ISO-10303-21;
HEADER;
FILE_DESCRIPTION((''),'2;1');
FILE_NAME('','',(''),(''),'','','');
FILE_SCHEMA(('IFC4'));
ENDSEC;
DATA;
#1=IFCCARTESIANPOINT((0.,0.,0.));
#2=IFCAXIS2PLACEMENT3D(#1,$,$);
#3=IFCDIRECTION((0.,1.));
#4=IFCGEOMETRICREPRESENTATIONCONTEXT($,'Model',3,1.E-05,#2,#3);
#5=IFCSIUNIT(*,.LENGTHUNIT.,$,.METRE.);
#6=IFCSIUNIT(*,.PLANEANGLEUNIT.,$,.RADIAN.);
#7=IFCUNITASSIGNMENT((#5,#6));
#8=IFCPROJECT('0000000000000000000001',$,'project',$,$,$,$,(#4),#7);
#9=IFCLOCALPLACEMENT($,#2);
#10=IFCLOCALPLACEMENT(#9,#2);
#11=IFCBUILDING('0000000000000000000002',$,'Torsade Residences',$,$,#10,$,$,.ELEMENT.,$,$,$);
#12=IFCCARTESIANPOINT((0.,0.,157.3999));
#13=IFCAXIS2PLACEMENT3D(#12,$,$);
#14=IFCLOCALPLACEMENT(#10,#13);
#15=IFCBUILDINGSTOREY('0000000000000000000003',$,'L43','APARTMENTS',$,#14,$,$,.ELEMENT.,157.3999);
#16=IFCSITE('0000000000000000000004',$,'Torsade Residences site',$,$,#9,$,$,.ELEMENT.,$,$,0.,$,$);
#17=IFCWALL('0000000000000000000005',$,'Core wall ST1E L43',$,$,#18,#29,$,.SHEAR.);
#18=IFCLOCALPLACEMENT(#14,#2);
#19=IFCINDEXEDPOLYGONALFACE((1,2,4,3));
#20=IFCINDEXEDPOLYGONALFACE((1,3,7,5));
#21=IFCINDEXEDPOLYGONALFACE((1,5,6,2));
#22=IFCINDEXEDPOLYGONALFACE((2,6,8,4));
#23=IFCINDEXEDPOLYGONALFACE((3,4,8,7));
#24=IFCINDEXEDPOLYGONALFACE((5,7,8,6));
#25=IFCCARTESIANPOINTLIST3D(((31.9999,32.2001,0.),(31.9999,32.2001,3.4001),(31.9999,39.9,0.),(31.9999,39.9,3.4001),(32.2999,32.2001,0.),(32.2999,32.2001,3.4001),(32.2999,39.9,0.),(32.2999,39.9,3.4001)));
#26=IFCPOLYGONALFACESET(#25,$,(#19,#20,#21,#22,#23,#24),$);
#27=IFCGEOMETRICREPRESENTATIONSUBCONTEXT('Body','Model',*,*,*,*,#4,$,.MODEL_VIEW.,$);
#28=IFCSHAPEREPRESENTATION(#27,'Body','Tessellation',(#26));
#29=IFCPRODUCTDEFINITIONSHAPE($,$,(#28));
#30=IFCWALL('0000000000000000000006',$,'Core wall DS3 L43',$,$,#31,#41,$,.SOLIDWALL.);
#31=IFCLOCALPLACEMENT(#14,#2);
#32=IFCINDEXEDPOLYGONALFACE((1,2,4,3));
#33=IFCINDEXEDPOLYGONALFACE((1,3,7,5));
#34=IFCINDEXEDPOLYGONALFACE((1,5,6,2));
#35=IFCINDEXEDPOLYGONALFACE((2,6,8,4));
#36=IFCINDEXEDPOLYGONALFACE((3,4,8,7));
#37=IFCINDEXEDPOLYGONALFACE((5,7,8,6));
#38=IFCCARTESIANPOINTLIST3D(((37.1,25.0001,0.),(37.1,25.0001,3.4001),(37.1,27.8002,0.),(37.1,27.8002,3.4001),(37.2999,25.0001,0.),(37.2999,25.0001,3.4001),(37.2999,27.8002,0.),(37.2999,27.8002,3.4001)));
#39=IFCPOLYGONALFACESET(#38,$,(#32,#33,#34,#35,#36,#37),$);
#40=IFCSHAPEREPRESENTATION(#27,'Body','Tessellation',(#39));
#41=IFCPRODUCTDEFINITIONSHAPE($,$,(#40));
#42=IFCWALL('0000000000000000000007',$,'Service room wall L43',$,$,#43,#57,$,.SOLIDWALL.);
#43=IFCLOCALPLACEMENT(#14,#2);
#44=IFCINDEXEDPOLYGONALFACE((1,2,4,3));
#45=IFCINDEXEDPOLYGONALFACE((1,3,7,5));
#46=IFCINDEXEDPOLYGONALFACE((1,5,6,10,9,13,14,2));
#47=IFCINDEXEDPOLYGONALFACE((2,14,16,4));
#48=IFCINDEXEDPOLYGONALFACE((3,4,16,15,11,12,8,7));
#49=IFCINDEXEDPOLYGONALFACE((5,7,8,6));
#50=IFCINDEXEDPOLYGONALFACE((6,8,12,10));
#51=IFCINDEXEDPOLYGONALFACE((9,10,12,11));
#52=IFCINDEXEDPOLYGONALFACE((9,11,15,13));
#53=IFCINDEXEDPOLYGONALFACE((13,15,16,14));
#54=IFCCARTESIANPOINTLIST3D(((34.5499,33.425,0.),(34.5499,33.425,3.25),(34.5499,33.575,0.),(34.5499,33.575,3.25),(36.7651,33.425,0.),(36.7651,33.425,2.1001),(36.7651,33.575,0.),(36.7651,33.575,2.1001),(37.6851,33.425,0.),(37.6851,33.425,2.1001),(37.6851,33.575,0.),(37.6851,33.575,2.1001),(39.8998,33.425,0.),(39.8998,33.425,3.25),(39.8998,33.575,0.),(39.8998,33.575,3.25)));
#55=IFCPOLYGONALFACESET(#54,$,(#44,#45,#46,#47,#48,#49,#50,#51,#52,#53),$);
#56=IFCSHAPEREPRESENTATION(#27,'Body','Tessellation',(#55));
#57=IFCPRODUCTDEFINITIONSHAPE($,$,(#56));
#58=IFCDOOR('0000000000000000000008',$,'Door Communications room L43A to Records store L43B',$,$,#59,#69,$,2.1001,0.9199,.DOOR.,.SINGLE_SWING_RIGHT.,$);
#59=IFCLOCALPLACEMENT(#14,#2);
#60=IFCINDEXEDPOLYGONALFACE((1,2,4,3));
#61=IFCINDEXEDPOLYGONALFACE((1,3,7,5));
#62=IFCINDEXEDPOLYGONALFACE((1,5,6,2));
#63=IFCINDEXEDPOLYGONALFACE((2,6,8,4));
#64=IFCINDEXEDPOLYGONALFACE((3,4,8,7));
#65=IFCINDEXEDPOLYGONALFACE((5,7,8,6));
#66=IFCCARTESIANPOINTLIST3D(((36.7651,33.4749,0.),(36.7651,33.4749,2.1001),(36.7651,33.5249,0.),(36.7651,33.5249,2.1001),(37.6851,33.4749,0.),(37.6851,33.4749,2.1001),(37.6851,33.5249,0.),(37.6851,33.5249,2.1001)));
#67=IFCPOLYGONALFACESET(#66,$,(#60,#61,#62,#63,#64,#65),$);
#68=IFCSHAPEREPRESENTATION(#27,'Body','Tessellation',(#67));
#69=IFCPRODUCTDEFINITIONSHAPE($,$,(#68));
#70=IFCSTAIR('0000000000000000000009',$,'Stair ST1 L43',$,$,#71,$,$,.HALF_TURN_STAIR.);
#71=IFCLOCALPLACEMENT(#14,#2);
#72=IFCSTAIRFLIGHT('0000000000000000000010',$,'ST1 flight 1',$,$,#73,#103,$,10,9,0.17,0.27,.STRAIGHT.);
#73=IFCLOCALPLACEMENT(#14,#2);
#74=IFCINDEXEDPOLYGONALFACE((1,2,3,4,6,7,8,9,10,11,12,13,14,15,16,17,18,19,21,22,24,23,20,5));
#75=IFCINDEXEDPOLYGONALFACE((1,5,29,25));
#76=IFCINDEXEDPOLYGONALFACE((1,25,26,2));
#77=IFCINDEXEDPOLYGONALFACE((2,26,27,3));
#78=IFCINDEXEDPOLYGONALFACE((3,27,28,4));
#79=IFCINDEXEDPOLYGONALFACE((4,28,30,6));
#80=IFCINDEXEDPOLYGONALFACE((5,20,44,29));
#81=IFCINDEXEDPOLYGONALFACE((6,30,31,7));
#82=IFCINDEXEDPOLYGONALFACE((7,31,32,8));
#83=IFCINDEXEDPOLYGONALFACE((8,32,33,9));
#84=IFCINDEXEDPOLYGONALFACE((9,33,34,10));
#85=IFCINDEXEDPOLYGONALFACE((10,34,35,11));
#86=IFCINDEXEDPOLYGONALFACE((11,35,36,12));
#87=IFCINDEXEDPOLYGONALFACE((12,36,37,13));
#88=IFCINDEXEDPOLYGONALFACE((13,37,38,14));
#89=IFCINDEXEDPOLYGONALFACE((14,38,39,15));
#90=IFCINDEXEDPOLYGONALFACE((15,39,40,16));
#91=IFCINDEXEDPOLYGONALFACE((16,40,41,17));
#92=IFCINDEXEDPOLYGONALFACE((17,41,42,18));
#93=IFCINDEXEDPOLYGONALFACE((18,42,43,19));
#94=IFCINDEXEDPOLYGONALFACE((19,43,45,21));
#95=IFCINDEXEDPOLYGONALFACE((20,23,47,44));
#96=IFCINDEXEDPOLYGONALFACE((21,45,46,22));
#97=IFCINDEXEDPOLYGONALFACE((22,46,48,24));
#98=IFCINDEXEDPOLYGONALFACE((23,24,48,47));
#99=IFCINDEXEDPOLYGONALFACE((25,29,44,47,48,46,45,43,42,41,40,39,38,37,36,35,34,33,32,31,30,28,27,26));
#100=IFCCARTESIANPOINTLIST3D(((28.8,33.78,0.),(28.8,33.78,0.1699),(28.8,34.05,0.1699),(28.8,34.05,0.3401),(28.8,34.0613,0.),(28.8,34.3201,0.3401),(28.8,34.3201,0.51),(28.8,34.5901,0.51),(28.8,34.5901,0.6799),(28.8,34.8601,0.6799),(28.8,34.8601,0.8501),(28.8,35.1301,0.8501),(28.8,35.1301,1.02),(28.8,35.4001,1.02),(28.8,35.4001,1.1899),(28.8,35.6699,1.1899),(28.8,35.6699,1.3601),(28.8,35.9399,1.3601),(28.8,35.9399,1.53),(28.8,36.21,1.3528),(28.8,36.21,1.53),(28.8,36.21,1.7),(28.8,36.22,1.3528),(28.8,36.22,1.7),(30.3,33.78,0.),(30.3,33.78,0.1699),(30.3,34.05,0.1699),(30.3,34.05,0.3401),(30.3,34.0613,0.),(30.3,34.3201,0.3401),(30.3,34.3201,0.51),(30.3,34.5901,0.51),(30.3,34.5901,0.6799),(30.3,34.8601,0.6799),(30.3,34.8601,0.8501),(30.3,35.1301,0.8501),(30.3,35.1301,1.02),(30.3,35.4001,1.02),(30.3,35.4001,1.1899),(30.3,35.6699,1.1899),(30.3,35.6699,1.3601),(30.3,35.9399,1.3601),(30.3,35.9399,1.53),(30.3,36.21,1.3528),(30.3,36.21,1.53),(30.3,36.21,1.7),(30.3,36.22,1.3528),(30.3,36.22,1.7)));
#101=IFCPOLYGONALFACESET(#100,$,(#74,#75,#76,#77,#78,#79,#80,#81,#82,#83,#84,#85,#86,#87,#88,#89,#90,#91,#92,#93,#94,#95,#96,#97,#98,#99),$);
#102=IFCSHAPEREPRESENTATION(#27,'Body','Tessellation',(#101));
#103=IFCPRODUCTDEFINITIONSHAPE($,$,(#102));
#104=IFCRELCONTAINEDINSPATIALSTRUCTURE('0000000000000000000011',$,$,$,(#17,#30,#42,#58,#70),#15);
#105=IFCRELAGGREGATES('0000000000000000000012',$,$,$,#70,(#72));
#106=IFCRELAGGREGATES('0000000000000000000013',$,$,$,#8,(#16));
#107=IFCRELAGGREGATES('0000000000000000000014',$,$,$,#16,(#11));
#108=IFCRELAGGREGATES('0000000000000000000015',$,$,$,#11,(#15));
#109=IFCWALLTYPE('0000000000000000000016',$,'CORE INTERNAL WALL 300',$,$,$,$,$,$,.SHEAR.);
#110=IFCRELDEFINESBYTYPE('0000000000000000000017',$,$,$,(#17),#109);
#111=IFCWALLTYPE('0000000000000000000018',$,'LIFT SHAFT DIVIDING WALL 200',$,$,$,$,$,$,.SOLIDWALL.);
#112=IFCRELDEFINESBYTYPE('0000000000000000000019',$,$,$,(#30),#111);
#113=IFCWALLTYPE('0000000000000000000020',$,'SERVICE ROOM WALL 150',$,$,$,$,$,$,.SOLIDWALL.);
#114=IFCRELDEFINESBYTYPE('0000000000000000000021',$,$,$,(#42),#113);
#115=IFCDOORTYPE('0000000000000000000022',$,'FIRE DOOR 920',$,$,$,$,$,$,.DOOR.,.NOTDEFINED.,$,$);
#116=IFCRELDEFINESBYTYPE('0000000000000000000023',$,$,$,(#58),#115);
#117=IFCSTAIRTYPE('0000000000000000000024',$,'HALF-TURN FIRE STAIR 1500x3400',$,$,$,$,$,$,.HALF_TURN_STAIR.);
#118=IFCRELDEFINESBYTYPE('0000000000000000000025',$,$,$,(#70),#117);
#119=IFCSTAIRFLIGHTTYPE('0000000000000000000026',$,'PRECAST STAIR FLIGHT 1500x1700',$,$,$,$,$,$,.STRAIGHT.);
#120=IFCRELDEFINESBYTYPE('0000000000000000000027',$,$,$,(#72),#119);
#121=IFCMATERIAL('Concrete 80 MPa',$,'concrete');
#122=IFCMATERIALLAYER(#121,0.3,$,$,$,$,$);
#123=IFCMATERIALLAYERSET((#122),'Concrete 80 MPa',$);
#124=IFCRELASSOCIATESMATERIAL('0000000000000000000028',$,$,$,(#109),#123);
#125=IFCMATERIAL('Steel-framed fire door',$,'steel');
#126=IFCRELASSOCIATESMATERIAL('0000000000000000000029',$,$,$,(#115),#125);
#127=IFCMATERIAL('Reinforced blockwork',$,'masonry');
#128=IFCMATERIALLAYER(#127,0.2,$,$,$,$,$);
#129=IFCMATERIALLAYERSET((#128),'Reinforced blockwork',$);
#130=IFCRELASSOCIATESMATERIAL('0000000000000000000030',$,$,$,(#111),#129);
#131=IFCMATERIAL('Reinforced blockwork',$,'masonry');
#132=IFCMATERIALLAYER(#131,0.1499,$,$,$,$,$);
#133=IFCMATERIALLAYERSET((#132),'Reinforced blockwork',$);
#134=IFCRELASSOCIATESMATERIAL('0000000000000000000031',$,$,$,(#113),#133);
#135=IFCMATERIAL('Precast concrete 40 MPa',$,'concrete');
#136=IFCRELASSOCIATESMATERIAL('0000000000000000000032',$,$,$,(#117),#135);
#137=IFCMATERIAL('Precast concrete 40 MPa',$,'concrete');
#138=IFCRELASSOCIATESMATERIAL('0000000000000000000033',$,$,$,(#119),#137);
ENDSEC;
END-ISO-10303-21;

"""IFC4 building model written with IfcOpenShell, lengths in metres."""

from ifc_helpers import new_model, si_unit, direction, frame, frame_2d, origin, place, context, subcontext, project, spatial, polyline, rectangle, outline, extrude, material, layer, layer_set, type_object, element, fill, aggregate, save


model = new_model("IFC4")

# Units and contexts
model_context = context("Model", 3, precision=1e-05, world=origin(), true_north=direction((0.0, 1.0)))
body_context = subcontext(model_context, "Body", "Model", "MODEL_VIEW")
ifc_project = project(units=[si_unit("LENGTHUNIT", "METRE"), si_unit("PLANEANGLEUNIT", "RADIAN")], contexts=[model_context])

# Site, building, storey
site_placement = place(None, origin())
site = spatial("IfcSite", under=ifc_project, at=site_placement, Name="Torsade Residences site", CompositionType="ELEMENT", RefElevation=0.0)
building_placement = place(site_placement, origin())
building = spatial("IfcBuilding", under=site, at=building_placement, Name="Torsade Residences", CompositionType="ELEMENT")
storey_placement = place(building_placement, frame((0.0, 0.0, 157.3999)))
storey = spatial("IfcBuildingStorey", under=building, at=storey_placement, Name="L43", Description="APARTMENTS", CompositionType="ELEMENT", Elevation=157.3999)

# Shared definitions
ifc_material_1 = material(Name="Concrete 80 MPa", Category="concrete")
ifc_layer_1 = layer(ifc_material_1, 0.3)
ifc_layer_set_1 = layer_set([ifc_layer_1], Name="Concrete 80 MPa")
wall_type_1 = type_object("IfcWallType", Name="CORE INTERNAL WALL 300", PredefinedType="SHEAR", material=ifc_layer_set_1)
ifc_material_2 = material(Name="Steel-framed fire door", Category="steel")
door_type_1 = type_object("IfcDoorType", Name="FIRE DOOR 920", OperationType="NOTDEFINED", PredefinedType="DOOR", material=ifc_material_2)

# Walls
wall_1_placement = place(storey_placement, frame((32.1499, 32.2, 0.0), z_axis=(0.0, 0.0, 1.0), x_axis=(0.0, 1.0, 0.0)))
element("IfcWall", 1, at=wall_1_placement, inside=storey, type_object=wall_type_1, Name="Core wall ST1E L43", PredefinedType="SHEAR", context=body_context, shape_type="SweptSolid", body=[
    extrude(rectangle(XDim=7.7, YDim=0.3, at=frame_2d((3.8501, 0.0))), origin(), (0.0, 0.0, 1.0), 3.4001),
])
ifc_material_3 = material(Name="Reinforced blockwork", Category="masonry")
ifc_layer_2 = layer(ifc_material_3, 0.2)
ifc_layer_set_2 = layer_set([ifc_layer_2], Name="Reinforced blockwork")
wall_type_2 = type_object("IfcWallType", Name="LIFT SHAFT DIVIDING WALL 200", PredefinedType="SOLIDWALL", material=ifc_layer_set_2)
wall_2_placement = place(storey_placement, frame((37.2, 27.8, 0.0), z_axis=(0.0, 0.0, 1.0), x_axis=(0.0, -1.0, 0.0)))
element("IfcWall", 2, at=wall_2_placement, inside=storey, type_object=wall_type_2, Name="Core wall DS3 L43", PredefinedType="SOLIDWALL", context=body_context, shape_type="SweptSolid", body=[
    extrude(rectangle(XDim=2.8, YDim=0.2, at=frame_2d((1.3999, 0.0))), origin(), (0.0, 0.0, 1.0), 3.4001),
])

# Wall, opening, door
ifc_material_4 = material(Name="Reinforced blockwork", Category="masonry")
ifc_layer_3 = layer(ifc_material_4, 0.1499)
ifc_layer_set_3 = layer_set([ifc_layer_3], Name="Reinforced blockwork")
wall_type_3 = type_object("IfcWallType", Name="SERVICE ROOM WALL 150", PredefinedType="SOLIDWALL", material=ifc_layer_set_3)
wall_3_placement = place(storey_placement, frame((34.55, 33.5, 0.0), z_axis=(0.0, 0.0, 1.0), x_axis=(1.0, 0.0, 0.0)))
wall_3 = element("IfcWall", 3, at=wall_3_placement, inside=storey, type_object=wall_type_3, Name="Service room wall L43", PredefinedType="SOLIDWALL", context=body_context, shape_type="SweptSolid", body=[
    extrude(rectangle(XDim=5.3499, YDim=0.1499, at=frame_2d((2.6748, 0.0))), origin(), (0.0, 0.0, 1.0), 3.25),
])
opening_1_placement = place(wall_3_placement, frame((2.2151, 0.0, 0.0)))
opening_1 = element("IfcOpeningElement", 4, at=opening_1_placement, cuts=wall_3, PredefinedType="OPENING", context=body_context, shape_type="SweptSolid", body=[
    extrude(rectangle(XDim=0.9199, YDim=2.1001, at=frame_2d((0.46, 1.05))), frame((0.0, 0.085, 0.0), z_axis=(0.0, -1.0, 0.0), x_axis=(1.0, 0.0, 0.0)), (0.0, 0.0, 1.0), 0.1699),
])
door_1_placement = place(opening_1_placement, origin())
door_1 = element("IfcDoor", 5, at=door_1_placement, inside=storey, type_object=door_type_1, Name="Door Communications room L43A to Records store L43B", OperationType="SINGLE_SWING_RIGHT", OverallHeight=2.1001, OverallWidth=0.9199, PredefinedType="DOOR", context=body_context, shape_type="SweptSolid", body=[
    extrude(rectangle(XDim=0.9199, YDim=2.1001, at=frame_2d((0.46, 1.05))), frame((0.0, 0.0249, 0.0), z_axis=(0.0, -1.0, 0.0), x_axis=(1.0, 0.0, 0.0)), (0.0, 0.0, 1.0), 0.05),
])
fill(opening_1, door_1)

# Stair, stair flight
ifc_material_5 = material(Name="Precast concrete 40 MPa", Category="concrete")
stair_type = type_object("IfcStairType", Name="HALF-TURN FIRE STAIR 1500x3400", PredefinedType="HALF_TURN_STAIR", material=ifc_material_5)
stair_placement = place(storey_placement, origin())
stair = element("IfcStair", 6, at=stair_placement, inside=storey, type_object=stair_type, Name="Stair ST1 L43", PredefinedType="HALF_TURN_STAIR")
ifc_material_6 = material(Name="Precast concrete 40 MPa", Category="concrete")
stair_flight_type = type_object("IfcStairFlightType", Name="PRECAST STAIR FLIGHT 1500x1700", PredefinedType="STRAIGHT", material=ifc_material_6)
stair_flight_placement = place(storey_placement, frame((29.55, 33.78, 0.0), z_axis=(0.0, 0.0, 1.0), x_axis=(0.0, 1.0, 0.0)))
stair_flight = element("IfcStairFlight", 7, at=stair_flight_placement, type_object=stair_flight_type, Name="ST1 flight 1", NumberOfRisers=10, NumberOfTreads=9, PredefinedType="STRAIGHT", RiserHeight=0.17, TreadLength=0.27, context=body_context, shape_type="SweptSolid", body=[
    extrude(outline(polyline([(0.0, 0.0), (0.0, 0.1699), (0.27, 0.1699), (0.27, 0.3401), (0.54, 0.3401), (0.54, 0.51), (0.8101, 0.51), (0.8101, 0.6799), (1.0801, 0.6799), (1.0801, 0.8501), (1.3501, 0.8501), (1.3501, 1.02), (1.6201, 1.02), (1.6201, 1.1899), (1.8899, 1.1899), (1.8899, 1.3601), (2.1599, 1.3601), (2.1599, 1.53), (2.4299, 1.53), (2.4299, 1.7), (2.4399, 1.7), (2.4399, 1.3528), (2.4299, 1.3528), (0.2812, 0.0), (0.0, 0.0)])), frame((0.0, 0.75, 0.0), z_axis=(0.0, -1.0, 0.0), x_axis=(1.0, 0.0, 0.0)), (0.0, 0.0, 1.0), 1.5),
])
aggregate(stair, [stair_flight])

save(model, "model.ifc")
